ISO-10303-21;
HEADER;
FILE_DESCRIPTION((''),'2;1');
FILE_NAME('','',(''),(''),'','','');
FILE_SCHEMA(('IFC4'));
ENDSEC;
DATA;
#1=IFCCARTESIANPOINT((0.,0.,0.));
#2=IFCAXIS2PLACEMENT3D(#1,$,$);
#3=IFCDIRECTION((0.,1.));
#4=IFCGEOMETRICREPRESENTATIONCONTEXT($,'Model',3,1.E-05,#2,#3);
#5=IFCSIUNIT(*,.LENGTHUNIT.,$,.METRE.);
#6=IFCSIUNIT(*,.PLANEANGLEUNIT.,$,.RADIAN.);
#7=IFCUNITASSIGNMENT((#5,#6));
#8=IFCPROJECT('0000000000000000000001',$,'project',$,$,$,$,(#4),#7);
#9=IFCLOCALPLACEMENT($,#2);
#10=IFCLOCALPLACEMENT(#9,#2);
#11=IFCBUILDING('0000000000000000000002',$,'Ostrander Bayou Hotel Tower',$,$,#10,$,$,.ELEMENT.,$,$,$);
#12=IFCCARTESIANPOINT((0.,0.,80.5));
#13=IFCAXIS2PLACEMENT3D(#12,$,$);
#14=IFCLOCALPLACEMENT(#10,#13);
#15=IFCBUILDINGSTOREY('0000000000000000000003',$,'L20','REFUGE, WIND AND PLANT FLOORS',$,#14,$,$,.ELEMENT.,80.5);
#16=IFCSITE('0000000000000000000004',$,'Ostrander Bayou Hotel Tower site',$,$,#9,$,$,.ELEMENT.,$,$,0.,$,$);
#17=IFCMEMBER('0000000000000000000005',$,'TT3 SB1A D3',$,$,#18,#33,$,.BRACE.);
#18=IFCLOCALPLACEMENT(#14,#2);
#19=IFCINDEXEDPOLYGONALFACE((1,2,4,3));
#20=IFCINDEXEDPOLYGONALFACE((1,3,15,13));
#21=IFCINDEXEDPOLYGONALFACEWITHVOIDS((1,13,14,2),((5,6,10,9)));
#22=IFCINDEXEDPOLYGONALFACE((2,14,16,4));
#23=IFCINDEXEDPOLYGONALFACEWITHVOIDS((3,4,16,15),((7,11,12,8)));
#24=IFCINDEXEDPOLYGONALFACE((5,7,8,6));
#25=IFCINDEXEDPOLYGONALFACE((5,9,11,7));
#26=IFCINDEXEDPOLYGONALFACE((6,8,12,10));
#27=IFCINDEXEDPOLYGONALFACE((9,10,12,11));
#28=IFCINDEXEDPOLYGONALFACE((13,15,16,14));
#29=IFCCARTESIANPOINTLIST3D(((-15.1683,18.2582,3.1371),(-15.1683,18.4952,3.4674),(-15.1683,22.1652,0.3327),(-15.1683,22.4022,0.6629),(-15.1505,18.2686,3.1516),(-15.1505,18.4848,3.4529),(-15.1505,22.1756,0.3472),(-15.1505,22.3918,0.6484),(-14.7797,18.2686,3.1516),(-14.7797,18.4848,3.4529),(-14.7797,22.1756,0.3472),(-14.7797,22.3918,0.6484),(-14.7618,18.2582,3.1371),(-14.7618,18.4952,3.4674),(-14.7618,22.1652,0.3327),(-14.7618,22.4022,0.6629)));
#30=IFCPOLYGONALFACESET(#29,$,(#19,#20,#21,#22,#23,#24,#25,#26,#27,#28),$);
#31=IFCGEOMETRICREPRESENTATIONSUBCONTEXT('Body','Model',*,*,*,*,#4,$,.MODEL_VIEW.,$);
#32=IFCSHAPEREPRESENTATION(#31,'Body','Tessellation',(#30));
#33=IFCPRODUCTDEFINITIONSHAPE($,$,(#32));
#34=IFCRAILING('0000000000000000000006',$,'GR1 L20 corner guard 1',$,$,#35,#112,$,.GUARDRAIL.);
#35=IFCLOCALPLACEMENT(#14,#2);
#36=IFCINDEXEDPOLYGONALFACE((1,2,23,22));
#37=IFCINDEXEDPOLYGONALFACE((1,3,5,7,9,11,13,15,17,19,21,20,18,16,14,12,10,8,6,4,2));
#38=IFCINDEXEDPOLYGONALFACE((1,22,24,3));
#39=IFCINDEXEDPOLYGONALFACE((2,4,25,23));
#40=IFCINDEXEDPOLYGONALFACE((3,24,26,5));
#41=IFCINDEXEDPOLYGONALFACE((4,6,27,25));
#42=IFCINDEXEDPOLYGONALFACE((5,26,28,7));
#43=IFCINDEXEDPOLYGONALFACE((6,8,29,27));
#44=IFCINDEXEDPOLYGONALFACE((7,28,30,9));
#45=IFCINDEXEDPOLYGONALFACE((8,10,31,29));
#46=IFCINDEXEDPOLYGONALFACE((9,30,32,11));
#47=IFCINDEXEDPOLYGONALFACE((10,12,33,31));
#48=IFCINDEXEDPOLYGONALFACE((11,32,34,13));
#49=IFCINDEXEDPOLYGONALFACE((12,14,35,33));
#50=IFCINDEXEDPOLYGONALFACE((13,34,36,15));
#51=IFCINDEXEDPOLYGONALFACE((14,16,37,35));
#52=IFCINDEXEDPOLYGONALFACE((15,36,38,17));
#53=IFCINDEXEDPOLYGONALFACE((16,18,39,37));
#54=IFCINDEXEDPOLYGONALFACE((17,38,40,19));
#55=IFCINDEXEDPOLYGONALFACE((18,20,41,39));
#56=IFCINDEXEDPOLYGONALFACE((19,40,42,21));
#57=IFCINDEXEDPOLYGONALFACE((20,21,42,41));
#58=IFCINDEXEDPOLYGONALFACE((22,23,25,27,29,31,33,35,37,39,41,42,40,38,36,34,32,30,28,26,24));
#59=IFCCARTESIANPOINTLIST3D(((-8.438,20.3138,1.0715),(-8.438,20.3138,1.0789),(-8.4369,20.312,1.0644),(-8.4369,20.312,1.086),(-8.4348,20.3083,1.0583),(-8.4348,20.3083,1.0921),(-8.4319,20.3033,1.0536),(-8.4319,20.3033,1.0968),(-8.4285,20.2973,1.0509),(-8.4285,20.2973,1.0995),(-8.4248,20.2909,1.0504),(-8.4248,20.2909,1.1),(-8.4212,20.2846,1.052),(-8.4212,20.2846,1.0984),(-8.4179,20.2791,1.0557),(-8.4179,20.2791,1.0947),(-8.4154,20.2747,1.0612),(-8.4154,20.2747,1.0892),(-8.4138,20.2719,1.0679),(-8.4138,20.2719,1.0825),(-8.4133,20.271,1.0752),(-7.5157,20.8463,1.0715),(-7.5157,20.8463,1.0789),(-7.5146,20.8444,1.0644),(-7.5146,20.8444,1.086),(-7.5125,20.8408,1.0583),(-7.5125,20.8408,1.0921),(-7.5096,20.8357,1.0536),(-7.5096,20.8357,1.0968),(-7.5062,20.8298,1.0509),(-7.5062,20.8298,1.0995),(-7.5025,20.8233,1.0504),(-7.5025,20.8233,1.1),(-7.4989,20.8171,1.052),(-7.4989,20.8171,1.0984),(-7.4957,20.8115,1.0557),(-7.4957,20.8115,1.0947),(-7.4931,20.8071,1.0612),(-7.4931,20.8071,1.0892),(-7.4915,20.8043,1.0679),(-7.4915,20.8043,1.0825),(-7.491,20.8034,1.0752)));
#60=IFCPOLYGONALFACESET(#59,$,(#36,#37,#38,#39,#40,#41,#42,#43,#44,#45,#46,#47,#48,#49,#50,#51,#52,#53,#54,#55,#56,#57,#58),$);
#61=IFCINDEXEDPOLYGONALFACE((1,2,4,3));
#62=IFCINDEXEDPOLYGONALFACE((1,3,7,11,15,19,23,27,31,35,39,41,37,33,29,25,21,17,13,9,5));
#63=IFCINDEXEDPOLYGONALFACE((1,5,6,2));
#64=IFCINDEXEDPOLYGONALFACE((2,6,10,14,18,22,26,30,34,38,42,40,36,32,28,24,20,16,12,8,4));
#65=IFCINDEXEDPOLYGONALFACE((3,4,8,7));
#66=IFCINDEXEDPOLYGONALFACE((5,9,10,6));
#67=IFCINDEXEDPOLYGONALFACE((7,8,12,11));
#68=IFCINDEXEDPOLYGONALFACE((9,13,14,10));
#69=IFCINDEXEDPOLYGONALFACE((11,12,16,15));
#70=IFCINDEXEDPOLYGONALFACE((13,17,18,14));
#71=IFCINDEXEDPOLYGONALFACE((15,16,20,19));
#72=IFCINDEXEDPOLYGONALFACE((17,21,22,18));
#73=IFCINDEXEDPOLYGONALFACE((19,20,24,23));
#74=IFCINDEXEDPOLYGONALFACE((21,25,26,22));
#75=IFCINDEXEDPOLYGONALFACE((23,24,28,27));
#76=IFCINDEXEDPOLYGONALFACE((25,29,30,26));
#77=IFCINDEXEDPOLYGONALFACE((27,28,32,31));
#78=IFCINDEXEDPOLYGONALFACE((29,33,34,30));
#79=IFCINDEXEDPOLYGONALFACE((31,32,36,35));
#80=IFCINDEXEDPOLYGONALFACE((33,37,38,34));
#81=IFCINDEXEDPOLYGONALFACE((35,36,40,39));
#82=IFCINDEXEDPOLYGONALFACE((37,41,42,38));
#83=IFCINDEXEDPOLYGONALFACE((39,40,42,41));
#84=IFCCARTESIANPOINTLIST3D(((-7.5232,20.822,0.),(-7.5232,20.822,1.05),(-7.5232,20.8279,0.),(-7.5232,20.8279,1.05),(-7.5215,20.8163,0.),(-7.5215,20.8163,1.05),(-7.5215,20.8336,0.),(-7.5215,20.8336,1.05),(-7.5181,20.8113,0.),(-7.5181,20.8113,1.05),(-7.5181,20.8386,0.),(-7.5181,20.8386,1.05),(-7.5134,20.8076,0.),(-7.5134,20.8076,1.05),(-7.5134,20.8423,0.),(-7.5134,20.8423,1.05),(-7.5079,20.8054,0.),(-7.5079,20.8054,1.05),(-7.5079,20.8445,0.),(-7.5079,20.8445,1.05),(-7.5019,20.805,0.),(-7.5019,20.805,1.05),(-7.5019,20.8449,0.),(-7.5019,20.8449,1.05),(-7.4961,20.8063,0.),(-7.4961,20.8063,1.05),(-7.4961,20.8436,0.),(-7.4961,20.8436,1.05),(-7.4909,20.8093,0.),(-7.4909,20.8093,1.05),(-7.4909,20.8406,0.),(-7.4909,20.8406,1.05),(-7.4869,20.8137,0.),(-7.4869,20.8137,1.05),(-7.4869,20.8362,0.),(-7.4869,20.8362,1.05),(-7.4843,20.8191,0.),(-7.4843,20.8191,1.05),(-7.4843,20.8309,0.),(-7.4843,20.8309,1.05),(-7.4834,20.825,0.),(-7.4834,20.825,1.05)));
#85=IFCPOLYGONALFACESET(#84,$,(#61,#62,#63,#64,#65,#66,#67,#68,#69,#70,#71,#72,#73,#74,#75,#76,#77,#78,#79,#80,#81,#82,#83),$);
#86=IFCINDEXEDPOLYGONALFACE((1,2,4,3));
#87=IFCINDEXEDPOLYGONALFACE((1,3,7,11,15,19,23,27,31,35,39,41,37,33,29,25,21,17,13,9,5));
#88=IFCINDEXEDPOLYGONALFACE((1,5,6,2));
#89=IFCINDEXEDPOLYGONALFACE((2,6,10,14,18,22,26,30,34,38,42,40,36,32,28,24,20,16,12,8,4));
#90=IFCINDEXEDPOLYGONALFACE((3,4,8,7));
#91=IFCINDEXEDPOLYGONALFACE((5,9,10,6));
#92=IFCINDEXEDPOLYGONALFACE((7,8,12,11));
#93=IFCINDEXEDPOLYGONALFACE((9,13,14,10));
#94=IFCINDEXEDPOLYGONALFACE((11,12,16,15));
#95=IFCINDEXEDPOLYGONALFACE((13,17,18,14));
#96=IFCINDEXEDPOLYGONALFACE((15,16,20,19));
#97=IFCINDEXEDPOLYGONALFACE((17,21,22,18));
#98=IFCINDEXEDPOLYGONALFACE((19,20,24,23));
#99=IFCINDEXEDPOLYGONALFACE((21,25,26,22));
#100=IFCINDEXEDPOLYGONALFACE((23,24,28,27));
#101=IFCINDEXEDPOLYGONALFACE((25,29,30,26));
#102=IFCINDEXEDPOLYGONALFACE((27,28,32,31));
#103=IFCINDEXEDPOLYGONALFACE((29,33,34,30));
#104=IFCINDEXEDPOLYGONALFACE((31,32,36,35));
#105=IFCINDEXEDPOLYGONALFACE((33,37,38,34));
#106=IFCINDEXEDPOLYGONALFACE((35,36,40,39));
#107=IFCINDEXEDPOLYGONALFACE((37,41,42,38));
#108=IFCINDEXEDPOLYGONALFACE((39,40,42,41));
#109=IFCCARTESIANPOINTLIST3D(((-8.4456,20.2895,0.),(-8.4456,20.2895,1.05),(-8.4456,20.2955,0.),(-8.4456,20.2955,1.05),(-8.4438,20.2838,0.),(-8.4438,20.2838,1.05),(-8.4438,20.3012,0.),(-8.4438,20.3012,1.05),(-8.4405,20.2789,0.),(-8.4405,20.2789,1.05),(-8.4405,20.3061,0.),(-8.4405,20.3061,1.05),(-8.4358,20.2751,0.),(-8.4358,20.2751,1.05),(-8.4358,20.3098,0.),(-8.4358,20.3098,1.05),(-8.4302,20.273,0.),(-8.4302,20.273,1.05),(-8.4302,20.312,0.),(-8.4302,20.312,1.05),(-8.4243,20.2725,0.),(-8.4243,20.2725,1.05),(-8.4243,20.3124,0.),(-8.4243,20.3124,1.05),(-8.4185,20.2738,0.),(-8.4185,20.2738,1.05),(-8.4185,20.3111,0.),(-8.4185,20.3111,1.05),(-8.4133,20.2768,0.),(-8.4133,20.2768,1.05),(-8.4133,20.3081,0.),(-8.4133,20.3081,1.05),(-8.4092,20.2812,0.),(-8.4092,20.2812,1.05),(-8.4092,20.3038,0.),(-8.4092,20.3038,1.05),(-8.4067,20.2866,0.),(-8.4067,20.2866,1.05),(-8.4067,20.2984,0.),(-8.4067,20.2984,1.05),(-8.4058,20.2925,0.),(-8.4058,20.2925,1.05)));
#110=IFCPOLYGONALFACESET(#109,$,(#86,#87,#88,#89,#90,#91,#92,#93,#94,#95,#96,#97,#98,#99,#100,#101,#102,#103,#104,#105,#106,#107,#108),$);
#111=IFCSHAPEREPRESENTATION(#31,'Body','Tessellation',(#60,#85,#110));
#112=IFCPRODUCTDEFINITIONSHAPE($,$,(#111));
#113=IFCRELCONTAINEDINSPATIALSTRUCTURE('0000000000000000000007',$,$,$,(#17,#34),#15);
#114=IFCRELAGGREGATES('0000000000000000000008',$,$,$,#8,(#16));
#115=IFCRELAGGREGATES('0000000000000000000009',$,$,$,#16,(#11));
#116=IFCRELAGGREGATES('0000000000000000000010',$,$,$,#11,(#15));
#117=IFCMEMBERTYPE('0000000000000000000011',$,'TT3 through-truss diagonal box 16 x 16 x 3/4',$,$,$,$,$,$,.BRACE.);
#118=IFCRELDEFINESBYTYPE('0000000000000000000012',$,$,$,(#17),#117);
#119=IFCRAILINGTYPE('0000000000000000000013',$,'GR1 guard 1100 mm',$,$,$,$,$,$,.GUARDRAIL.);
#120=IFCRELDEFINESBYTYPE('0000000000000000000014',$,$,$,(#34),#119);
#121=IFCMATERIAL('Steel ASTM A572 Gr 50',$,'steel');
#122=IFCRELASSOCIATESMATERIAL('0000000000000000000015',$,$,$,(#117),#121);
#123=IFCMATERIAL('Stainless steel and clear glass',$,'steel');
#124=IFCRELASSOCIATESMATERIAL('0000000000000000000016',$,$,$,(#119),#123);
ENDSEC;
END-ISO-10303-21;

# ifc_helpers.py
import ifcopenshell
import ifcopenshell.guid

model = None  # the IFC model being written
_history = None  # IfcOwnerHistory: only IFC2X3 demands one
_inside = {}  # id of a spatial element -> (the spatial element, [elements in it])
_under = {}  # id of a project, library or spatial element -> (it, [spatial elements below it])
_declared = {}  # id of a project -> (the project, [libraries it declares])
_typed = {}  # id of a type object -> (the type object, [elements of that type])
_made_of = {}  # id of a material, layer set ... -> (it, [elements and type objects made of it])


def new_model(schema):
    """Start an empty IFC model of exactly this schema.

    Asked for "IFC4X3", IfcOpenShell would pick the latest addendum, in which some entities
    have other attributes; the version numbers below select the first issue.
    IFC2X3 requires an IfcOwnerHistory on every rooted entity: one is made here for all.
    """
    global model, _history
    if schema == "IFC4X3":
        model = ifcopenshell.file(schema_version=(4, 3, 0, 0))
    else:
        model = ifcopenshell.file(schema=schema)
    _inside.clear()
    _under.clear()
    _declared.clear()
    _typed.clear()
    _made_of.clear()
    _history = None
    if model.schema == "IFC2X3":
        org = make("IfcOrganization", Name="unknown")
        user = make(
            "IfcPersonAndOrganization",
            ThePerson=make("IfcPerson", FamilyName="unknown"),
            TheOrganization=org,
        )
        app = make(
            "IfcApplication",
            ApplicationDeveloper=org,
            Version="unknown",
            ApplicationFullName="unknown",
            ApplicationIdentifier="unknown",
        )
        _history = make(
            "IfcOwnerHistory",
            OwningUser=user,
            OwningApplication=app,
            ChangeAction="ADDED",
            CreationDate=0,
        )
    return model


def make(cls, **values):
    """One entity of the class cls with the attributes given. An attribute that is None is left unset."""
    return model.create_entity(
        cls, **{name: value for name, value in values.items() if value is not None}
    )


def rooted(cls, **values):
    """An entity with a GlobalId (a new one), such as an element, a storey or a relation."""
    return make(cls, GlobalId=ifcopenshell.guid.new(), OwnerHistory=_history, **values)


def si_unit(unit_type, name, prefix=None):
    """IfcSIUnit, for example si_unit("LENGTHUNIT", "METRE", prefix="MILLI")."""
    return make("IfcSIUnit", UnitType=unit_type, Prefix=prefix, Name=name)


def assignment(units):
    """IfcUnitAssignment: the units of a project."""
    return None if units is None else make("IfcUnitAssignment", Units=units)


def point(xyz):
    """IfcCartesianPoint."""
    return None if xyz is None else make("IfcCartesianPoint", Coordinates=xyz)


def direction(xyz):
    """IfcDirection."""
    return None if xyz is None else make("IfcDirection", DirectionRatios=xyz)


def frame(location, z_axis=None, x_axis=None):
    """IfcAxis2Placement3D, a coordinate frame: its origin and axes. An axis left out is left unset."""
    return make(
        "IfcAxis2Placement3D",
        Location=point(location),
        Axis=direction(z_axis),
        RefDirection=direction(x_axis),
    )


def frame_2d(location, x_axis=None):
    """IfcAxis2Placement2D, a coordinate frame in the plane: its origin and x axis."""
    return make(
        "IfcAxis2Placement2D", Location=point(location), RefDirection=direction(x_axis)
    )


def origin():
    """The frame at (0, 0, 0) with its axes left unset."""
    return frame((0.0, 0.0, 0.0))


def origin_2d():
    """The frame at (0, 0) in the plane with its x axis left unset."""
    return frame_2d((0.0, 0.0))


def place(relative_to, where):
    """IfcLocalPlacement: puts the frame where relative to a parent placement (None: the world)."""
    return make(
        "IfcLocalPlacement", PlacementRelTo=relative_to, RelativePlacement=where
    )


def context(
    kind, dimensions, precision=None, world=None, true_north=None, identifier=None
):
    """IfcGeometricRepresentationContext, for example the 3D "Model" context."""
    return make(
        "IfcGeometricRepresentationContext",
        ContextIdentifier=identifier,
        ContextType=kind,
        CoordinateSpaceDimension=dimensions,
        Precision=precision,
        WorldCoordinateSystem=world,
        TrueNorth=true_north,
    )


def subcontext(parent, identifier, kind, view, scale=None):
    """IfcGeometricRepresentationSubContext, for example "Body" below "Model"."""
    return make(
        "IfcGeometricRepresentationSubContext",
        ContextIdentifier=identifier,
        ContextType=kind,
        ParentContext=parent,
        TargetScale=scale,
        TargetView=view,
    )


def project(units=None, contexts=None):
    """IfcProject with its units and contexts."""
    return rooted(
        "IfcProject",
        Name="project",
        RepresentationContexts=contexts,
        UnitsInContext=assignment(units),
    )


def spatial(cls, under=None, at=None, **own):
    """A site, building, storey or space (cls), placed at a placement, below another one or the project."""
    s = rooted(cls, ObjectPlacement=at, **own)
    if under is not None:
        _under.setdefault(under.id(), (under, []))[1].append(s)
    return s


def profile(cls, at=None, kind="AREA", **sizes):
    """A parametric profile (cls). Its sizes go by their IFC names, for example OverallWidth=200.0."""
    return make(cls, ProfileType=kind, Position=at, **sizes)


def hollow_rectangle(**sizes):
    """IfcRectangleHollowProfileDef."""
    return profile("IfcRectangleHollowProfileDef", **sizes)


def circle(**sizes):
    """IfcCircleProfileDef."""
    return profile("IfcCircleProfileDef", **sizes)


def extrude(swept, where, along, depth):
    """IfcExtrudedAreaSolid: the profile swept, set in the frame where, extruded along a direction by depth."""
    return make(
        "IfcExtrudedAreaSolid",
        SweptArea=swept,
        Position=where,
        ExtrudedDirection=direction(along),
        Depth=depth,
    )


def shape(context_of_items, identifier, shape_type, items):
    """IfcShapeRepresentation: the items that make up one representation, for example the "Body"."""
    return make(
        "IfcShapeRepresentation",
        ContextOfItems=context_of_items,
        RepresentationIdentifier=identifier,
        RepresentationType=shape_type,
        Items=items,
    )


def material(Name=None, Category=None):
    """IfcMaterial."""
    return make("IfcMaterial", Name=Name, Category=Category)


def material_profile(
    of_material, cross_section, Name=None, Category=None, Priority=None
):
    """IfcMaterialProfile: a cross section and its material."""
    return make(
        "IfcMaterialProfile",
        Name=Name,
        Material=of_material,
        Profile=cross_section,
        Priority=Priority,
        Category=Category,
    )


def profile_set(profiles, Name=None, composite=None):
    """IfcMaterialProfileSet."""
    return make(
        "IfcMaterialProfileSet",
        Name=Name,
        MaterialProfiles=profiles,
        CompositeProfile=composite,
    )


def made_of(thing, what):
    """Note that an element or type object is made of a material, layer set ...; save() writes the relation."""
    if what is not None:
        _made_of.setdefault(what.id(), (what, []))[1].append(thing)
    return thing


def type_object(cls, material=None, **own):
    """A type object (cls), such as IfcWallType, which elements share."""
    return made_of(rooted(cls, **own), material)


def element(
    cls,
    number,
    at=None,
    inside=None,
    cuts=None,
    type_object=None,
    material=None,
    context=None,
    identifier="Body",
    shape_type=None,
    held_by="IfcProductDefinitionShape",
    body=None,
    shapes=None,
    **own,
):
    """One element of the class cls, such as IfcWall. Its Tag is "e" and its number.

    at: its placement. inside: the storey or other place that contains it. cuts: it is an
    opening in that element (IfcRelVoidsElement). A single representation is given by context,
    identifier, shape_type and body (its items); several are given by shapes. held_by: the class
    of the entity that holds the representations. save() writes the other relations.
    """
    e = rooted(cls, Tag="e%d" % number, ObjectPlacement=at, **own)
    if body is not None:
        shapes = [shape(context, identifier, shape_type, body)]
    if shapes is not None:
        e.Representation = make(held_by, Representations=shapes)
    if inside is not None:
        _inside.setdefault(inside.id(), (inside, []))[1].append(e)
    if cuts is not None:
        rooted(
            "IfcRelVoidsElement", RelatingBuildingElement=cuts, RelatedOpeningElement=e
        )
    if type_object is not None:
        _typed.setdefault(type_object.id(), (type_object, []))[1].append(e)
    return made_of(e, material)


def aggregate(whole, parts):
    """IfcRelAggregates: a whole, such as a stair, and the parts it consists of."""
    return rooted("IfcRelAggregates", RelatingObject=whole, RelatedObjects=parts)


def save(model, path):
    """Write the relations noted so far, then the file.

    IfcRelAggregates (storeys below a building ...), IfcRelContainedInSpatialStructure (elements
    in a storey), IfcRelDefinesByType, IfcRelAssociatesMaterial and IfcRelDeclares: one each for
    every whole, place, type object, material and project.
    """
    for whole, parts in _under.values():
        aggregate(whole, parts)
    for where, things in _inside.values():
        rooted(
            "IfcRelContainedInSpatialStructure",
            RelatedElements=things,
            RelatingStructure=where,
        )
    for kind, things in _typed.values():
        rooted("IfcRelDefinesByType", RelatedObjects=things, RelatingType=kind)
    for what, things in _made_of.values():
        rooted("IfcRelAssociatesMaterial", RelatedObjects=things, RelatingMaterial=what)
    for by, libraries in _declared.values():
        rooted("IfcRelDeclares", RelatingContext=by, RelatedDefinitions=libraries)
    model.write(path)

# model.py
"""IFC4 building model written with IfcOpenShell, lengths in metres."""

from ifc_helpers import new_model, si_unit, direction, frame, origin, origin_2d, place, context, subcontext, project, spatial, hollow_rectangle, circle, extrude, material, material_profile, profile_set, type_object, element, save


model = new_model("IFC4")

# Units and contexts
model_context = context("Model", 3, precision=1e-05, world=origin(), true_north=direction((0.0, 1.0)))
body_context = subcontext(model_context, "Body", "Model", "MODEL_VIEW")
ifc_project = project(units=[si_unit("LENGTHUNIT", "METRE"), si_unit("PLANEANGLEUNIT", "RADIAN")], contexts=[model_context])

# Site, building, storey
site_placement = place(None, origin())
site = spatial("IfcSite", under=ifc_project, at=site_placement, Name="Ostrander Bayou Hotel Tower site", CompositionType="ELEMENT", RefElevation=0.0)
building_placement = place(site_placement, origin())
building = spatial("IfcBuilding", under=site, at=building_placement, Name="Ostrander Bayou Hotel Tower", CompositionType="ELEMENT")
storey_placement = place(building_placement, frame((0.0, 0.0, 80.5)))
storey = spatial("IfcBuildingStorey", under=building, at=storey_placement, Name="L20", Description="REFUGE, WIND AND PLANT FLOORS", CompositionType="ELEMENT", Elevation=80.5)

# Member
ifc_material_1 = material(Name="Steel ASTM A572 Gr 50", Category="steel")
ifc_material_profile_1 = material_profile(ifc_material_1, hollow_rectangle(XDim=0.4065, YDim=0.4065, WallThickness=0.0178, at=origin_2d()))
ifc_profile_set_1 = profile_set([ifc_material_profile_1], Name="Steel ASTM A572 Gr 50")
member_type_1 = type_object("IfcMemberType", Name="TT3 through-truss diagonal box 16 x 16 x 3/4", PredefinedType="BRACE", material=ifc_profile_set_1)
member_1_placement = place(storey_placement, frame((-14.9651, 22.2837, 0.4978), z_axis=(0.0, -0.81238, 0.583129), x_axis=(1.0, 0.0, 0.0)))
element("IfcMember", 1, at=member_1_placement, inside=storey, type_object=member_type_1, Name="TT3 SB1A D3", PredefinedType="BRACE", context=body_context, shape_type="SweptSolid", body=[
    extrude(hollow_rectangle(XDim=0.4065, YDim=0.4065, WallThickness=0.0178, at=origin_2d()), origin(), (0.0, 0.0, 1.0), 4.8093),
])

# Railing
ifc_material_2 = material(Name="Stainless steel and clear glass", Category="steel")
railing_type = type_object("IfcRailingType", Name="GR1 guard 1100 mm", PredefinedType="GUARDRAIL", material=ifc_material_2)
railing_1_placement = place(storey_placement, frame((-7.5034, 20.825, 0.0)))
element("IfcRailing", 2, at=railing_1_placement, inside=storey, type_object=railing_type, Name="GR1 L20 corner guard 1", PredefinedType="GUARDRAIL", context=body_context, shape_type="SweptSolid", body=[
    extrude(circle(Radius=0.0249, at=origin_2d()), frame((0.0, 0.0, 1.0752), z_axis=(-0.866048, -0.499961, 0.0), x_axis=(0.499961, -0.866048, 0.0)), (0.0, 0.0, 1.0), 1.0649),
    extrude(circle(Radius=0.02, at=origin_2d()), origin(), (0.0, 0.0, 1.0), 1.05),
    extrude(circle(Radius=0.02, at=origin_2d()), frame((-0.9224, -0.5325, 0.0)), (0.0, 0.0, 1.0), 1.05),
])

save(model, "model.ifc")
